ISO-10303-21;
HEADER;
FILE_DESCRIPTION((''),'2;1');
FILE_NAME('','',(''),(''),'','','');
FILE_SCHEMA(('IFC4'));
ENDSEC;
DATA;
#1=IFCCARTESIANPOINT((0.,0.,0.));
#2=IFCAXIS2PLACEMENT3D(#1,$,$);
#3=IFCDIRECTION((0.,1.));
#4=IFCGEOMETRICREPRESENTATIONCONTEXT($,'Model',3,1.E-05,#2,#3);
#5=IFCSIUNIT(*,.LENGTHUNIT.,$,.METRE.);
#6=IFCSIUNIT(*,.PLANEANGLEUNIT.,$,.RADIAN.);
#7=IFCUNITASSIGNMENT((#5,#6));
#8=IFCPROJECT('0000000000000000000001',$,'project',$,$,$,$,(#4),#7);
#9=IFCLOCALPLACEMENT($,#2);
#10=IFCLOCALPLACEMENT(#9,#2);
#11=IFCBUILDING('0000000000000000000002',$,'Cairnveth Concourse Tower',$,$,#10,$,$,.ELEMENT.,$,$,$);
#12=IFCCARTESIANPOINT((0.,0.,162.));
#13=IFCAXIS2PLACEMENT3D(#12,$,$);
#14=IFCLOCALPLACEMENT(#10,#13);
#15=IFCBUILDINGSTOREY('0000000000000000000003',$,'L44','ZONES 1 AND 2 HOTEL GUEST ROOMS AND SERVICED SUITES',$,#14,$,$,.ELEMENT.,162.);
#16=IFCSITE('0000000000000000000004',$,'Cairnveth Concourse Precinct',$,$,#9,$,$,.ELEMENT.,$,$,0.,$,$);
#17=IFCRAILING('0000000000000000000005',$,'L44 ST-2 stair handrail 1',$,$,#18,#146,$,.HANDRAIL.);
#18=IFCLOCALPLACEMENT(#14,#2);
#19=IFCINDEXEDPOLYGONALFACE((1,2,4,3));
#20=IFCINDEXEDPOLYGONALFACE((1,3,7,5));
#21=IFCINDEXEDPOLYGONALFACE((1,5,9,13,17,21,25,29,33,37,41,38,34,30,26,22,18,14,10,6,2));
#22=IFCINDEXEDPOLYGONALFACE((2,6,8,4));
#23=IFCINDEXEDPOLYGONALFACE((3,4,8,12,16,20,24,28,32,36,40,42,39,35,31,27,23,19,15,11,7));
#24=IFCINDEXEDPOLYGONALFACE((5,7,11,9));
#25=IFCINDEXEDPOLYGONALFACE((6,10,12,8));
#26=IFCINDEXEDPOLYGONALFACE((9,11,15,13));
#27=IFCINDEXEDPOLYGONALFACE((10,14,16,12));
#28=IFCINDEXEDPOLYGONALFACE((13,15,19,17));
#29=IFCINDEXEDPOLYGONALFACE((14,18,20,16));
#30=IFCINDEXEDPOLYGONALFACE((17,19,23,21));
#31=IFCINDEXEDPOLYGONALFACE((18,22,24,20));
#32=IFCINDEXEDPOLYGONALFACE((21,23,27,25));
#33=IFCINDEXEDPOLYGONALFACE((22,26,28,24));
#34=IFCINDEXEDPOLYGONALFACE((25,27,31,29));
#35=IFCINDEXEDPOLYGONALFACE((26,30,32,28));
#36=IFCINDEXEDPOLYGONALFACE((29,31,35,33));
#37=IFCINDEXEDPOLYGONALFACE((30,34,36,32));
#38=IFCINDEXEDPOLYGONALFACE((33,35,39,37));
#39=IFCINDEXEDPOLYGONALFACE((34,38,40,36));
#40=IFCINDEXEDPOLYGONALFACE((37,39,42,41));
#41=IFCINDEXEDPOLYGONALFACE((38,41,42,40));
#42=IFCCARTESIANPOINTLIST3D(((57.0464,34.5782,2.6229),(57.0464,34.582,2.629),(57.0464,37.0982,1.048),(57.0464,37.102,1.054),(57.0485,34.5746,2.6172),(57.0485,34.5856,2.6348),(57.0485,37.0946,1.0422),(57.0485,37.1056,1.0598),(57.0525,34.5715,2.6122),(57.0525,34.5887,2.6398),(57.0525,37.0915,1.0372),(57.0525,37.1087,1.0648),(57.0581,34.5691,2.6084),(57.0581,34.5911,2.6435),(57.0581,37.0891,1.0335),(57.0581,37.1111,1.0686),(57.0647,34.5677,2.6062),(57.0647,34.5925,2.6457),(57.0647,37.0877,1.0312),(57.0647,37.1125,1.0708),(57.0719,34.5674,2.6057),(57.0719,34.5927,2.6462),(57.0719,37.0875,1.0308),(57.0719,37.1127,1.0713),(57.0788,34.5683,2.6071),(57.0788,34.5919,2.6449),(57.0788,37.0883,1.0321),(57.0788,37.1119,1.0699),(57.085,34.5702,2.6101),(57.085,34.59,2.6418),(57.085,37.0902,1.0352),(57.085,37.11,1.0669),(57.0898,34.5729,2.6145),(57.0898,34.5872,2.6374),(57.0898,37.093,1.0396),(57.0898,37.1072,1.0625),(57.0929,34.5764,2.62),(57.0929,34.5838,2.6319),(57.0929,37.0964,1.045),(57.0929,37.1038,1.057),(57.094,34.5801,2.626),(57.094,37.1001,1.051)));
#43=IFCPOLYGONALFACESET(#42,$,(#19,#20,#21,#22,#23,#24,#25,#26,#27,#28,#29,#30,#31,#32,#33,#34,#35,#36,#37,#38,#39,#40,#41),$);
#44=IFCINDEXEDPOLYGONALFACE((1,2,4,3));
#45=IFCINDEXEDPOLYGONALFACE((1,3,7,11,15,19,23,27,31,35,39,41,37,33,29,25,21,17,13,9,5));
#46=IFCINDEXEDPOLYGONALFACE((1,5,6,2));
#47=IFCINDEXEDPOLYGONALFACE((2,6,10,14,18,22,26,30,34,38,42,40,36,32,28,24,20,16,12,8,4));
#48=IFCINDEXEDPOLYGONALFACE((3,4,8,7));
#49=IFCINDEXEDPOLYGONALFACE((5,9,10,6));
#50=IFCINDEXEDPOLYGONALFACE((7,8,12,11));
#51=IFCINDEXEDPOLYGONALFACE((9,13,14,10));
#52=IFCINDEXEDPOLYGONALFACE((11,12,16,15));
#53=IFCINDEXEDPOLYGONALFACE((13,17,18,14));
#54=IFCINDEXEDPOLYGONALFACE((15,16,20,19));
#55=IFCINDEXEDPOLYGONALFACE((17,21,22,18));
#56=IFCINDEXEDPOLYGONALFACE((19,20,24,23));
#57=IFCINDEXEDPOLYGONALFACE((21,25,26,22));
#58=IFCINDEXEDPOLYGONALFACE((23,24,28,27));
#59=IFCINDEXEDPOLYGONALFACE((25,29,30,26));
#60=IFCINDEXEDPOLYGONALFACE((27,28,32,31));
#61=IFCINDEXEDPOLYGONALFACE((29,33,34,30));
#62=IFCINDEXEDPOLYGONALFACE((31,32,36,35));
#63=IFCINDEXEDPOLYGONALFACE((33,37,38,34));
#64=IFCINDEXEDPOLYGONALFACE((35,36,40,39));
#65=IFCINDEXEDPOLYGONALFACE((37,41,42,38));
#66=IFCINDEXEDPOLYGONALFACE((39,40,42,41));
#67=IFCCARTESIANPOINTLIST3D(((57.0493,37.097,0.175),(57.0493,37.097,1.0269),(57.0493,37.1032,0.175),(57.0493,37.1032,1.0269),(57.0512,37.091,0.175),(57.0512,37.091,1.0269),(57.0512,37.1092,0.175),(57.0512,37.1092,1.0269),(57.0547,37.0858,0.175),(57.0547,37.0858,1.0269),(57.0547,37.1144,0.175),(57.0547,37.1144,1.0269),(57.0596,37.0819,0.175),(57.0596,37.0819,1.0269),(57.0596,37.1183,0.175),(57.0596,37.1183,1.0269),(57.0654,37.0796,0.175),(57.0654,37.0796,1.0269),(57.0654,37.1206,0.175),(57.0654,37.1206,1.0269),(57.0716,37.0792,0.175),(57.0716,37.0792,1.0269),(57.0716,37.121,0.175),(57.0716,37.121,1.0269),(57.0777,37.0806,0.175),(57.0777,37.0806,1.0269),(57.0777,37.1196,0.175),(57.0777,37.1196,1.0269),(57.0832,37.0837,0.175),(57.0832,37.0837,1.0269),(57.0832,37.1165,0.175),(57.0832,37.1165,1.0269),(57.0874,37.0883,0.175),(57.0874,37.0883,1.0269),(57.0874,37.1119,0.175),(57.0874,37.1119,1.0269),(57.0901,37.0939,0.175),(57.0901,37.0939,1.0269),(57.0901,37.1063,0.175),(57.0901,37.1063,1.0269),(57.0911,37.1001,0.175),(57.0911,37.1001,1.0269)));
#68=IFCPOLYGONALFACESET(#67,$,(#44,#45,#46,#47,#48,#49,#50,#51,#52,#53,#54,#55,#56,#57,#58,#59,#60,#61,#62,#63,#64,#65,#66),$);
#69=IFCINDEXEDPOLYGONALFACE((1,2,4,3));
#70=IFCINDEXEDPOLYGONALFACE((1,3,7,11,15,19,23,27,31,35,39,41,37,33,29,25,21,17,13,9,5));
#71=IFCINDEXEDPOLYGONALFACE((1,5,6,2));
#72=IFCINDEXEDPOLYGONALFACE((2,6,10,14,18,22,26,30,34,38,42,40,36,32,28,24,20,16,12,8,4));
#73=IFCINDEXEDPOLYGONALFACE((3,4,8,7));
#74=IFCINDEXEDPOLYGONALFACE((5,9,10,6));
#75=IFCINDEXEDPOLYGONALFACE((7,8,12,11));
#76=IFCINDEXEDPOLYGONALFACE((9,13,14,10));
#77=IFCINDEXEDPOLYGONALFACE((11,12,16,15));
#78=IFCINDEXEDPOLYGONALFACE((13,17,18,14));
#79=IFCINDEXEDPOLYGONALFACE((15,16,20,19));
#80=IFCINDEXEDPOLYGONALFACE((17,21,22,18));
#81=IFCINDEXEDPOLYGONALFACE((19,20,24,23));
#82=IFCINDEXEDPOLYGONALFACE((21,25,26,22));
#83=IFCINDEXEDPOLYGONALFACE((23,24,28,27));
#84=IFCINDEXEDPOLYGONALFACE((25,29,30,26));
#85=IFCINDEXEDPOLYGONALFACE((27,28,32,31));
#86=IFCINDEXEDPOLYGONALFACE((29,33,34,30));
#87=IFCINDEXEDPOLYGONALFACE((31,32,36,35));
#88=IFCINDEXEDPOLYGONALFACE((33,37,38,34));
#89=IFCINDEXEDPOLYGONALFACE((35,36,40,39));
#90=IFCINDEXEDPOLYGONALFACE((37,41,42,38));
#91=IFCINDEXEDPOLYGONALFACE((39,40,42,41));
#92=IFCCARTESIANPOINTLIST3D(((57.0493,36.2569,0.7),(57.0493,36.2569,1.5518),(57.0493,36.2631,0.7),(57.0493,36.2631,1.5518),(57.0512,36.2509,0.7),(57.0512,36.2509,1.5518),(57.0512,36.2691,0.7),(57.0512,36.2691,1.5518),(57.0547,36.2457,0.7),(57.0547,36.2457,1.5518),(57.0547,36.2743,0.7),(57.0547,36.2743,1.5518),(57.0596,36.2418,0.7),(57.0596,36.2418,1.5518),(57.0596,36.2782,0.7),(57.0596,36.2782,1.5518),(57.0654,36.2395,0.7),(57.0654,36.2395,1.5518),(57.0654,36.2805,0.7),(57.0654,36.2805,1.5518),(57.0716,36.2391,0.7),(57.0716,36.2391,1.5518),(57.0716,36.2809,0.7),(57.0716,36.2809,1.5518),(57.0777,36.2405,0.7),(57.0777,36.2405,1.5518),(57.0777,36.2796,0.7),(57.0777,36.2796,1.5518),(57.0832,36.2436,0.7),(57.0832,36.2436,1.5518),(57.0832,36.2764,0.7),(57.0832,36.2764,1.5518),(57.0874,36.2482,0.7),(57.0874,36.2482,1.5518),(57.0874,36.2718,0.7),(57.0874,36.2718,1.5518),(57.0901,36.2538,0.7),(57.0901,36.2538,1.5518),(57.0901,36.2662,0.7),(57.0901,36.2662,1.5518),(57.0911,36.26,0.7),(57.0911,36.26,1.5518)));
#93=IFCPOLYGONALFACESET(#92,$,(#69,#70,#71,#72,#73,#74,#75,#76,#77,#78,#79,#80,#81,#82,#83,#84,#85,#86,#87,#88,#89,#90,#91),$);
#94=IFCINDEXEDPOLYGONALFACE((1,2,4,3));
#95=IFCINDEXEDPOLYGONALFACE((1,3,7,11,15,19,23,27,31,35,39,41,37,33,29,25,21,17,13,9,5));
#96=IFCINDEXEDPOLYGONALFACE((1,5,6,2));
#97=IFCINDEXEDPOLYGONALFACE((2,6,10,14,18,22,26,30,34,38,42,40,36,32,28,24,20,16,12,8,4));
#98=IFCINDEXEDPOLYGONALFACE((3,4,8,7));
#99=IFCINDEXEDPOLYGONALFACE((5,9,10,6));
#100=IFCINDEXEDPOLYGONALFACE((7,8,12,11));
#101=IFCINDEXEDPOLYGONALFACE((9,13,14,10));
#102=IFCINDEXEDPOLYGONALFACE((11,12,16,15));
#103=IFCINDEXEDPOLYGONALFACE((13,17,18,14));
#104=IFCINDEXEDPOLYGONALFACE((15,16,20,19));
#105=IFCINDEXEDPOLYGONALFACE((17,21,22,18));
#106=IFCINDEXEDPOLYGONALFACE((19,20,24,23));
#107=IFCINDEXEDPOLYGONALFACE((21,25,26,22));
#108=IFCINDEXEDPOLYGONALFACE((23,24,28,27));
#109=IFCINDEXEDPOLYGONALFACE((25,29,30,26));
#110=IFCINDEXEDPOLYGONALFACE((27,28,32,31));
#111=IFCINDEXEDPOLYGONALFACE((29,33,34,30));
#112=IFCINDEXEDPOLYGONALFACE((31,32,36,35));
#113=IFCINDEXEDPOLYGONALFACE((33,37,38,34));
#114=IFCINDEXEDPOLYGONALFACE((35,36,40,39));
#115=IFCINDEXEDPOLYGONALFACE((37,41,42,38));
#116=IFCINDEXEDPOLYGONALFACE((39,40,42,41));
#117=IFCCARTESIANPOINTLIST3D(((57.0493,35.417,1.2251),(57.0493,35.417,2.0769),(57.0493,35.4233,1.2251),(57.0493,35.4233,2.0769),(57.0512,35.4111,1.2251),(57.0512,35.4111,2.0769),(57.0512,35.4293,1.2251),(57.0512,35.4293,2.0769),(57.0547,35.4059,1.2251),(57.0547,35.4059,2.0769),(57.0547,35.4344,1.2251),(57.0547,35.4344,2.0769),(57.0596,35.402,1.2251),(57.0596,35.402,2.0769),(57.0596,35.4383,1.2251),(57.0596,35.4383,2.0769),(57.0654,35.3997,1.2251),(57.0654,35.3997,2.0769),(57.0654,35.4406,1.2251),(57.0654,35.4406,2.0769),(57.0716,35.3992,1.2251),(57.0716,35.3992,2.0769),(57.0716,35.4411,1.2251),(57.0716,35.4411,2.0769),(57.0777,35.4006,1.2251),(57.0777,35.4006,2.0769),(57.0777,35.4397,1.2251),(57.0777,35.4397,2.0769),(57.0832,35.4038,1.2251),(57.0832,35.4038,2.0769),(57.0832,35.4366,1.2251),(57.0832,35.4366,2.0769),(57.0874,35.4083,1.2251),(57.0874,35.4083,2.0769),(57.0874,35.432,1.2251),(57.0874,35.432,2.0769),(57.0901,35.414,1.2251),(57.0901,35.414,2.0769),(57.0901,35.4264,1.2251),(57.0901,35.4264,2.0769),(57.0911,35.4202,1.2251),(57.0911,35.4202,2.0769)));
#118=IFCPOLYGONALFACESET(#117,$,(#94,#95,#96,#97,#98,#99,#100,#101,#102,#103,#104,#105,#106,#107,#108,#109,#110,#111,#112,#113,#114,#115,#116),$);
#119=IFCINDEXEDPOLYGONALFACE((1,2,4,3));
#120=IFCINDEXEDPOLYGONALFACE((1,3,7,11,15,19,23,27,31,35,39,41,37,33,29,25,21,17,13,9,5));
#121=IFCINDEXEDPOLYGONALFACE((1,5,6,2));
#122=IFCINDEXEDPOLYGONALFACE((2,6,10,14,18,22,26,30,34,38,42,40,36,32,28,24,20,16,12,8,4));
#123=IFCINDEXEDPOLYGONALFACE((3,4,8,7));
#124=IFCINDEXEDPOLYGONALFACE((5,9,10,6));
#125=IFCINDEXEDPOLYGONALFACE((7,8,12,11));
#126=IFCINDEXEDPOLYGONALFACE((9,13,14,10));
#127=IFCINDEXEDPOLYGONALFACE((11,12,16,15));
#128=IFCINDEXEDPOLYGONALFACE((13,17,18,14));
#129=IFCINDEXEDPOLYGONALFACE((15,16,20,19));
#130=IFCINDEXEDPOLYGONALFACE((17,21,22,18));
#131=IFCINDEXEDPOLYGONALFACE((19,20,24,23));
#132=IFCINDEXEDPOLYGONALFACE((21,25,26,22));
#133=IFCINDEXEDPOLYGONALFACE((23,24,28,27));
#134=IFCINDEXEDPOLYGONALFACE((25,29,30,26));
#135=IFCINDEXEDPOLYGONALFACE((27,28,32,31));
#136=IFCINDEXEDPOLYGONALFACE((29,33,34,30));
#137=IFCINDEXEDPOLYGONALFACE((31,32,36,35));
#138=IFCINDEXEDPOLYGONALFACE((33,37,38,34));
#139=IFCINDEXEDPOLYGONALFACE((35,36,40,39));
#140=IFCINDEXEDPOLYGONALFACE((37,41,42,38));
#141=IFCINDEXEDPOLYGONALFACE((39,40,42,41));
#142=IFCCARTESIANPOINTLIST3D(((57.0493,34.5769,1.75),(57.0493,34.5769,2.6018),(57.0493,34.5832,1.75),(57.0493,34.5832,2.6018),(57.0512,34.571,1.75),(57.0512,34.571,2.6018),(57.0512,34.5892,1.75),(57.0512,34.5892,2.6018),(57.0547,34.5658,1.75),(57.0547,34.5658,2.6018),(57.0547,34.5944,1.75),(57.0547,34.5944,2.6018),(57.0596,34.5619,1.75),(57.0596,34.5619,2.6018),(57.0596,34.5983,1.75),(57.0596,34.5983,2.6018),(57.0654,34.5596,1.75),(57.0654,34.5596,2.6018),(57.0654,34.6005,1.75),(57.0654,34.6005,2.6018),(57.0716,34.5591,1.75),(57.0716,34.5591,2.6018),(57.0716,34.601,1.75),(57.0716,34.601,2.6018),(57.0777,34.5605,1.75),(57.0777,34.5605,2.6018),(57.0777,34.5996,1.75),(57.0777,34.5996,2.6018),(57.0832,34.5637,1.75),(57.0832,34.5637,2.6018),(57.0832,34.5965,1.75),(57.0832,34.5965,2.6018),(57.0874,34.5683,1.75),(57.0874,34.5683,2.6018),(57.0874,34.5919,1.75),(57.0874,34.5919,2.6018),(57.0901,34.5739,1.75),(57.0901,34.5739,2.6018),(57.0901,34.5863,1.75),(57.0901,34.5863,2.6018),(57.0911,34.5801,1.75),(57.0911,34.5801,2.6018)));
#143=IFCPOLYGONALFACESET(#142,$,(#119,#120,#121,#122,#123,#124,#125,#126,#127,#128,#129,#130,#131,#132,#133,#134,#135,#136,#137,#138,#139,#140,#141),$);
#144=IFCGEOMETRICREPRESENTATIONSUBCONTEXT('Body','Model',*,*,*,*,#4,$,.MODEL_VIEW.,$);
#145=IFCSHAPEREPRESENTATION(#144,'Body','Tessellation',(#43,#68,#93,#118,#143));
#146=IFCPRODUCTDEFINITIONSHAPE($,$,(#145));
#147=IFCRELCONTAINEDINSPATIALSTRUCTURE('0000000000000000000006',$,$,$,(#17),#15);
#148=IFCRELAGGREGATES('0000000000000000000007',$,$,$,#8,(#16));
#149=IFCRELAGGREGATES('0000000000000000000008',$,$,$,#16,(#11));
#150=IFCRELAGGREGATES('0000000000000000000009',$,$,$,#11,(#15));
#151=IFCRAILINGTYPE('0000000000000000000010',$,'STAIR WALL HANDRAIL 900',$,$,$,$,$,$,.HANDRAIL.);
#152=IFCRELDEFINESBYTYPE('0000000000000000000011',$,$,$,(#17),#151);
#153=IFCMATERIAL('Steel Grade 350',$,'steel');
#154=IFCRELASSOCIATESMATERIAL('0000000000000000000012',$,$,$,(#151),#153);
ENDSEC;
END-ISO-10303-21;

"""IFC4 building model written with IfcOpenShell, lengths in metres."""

from ifc_helpers import new_model, si_unit, direction, frame, origin, origin_2d, place, context, subcontext, project, spatial, circle, extrude, material, type_object, element, save


model = new_model("IFC4")

# Units and contexts
model_context = context("Model", 3, precision=1e-05, world=origin(), true_north=direction((0.0, 1.0)))
body_context = subcontext(model_context, "Body", "Model", "MODEL_VIEW")
ifc_project = project(units=[si_unit("LENGTHUNIT", "METRE"), si_unit("PLANEANGLEUNIT", "RADIAN")], contexts=[model_context])

# Site, building, storey
site_placement = place(None, origin())
site = spatial("IfcSite", under=ifc_project, at=site_placement, Name="Cairnveth Concourse Precinct", CompositionType="ELEMENT", RefElevation=0.0)
building_placement = place(site_placement, origin())
building = spatial("IfcBuilding", under=site, at=building_placement, Name="Cairnveth Concourse Tower", CompositionType="ELEMENT")
storey_placement = place(building_placement, frame((0.0, 0.0, 162.0)))
storey = spatial("IfcBuildingStorey", under=building, at=storey_placement, Name="L44", Description="ZONES 1 AND 2 HOTEL GUEST ROOMS AND SERVICED SUITES", CompositionType="ELEMENT", Elevation=162.0)

# Shared definitions
ifc_material_1 = material(Name="Steel Grade 350", Category="steel")

# Railing
railing_type = type_object("IfcRailingType", Name="STAIR WALL HANDRAIL 900", PredefinedType="HANDRAIL", material=ifc_material_1)
railing_placement = place(storey_placement, frame((57.0701, 37.1001, 0.175)))
element("IfcRailing", 1, at=railing_placement, inside=storey, type_object=railing_type, Name="L44 ST-2 stair handrail 1", PredefinedType="HANDRAIL", context=body_context, shape_type="SweptSolid", body=[
    extrude(circle(Radius=0.0239, at=origin_2d()), frame((0.0, 0.0, 0.876), z_axis=(0.0, -0.848008, 0.529984), x_axis=(1.0, 0.0, 0.0)), (0.0, 0.0, 1.0), 2.9717),
    extrude(circle(Radius=0.021, at=origin_2d()), origin(), (0.0, 0.0, 1.0), 0.8518),
    extrude(circle(Radius=0.021, at=origin_2d()), frame((0.0, -0.8401, 0.5249)), (0.0, 0.0, 1.0), 0.8518),
    extrude(circle(Radius=0.021, at=origin_2d()), frame((0.0, -1.6799, 1.05)), (0.0, 0.0, 1.0), 0.8518),
    extrude(circle(Radius=0.021, at=origin_2d()), frame((0.0, -2.52, 1.575)), (0.0, 0.0, 1.0), 0.8518),
])

save(model, "model.ifc")
